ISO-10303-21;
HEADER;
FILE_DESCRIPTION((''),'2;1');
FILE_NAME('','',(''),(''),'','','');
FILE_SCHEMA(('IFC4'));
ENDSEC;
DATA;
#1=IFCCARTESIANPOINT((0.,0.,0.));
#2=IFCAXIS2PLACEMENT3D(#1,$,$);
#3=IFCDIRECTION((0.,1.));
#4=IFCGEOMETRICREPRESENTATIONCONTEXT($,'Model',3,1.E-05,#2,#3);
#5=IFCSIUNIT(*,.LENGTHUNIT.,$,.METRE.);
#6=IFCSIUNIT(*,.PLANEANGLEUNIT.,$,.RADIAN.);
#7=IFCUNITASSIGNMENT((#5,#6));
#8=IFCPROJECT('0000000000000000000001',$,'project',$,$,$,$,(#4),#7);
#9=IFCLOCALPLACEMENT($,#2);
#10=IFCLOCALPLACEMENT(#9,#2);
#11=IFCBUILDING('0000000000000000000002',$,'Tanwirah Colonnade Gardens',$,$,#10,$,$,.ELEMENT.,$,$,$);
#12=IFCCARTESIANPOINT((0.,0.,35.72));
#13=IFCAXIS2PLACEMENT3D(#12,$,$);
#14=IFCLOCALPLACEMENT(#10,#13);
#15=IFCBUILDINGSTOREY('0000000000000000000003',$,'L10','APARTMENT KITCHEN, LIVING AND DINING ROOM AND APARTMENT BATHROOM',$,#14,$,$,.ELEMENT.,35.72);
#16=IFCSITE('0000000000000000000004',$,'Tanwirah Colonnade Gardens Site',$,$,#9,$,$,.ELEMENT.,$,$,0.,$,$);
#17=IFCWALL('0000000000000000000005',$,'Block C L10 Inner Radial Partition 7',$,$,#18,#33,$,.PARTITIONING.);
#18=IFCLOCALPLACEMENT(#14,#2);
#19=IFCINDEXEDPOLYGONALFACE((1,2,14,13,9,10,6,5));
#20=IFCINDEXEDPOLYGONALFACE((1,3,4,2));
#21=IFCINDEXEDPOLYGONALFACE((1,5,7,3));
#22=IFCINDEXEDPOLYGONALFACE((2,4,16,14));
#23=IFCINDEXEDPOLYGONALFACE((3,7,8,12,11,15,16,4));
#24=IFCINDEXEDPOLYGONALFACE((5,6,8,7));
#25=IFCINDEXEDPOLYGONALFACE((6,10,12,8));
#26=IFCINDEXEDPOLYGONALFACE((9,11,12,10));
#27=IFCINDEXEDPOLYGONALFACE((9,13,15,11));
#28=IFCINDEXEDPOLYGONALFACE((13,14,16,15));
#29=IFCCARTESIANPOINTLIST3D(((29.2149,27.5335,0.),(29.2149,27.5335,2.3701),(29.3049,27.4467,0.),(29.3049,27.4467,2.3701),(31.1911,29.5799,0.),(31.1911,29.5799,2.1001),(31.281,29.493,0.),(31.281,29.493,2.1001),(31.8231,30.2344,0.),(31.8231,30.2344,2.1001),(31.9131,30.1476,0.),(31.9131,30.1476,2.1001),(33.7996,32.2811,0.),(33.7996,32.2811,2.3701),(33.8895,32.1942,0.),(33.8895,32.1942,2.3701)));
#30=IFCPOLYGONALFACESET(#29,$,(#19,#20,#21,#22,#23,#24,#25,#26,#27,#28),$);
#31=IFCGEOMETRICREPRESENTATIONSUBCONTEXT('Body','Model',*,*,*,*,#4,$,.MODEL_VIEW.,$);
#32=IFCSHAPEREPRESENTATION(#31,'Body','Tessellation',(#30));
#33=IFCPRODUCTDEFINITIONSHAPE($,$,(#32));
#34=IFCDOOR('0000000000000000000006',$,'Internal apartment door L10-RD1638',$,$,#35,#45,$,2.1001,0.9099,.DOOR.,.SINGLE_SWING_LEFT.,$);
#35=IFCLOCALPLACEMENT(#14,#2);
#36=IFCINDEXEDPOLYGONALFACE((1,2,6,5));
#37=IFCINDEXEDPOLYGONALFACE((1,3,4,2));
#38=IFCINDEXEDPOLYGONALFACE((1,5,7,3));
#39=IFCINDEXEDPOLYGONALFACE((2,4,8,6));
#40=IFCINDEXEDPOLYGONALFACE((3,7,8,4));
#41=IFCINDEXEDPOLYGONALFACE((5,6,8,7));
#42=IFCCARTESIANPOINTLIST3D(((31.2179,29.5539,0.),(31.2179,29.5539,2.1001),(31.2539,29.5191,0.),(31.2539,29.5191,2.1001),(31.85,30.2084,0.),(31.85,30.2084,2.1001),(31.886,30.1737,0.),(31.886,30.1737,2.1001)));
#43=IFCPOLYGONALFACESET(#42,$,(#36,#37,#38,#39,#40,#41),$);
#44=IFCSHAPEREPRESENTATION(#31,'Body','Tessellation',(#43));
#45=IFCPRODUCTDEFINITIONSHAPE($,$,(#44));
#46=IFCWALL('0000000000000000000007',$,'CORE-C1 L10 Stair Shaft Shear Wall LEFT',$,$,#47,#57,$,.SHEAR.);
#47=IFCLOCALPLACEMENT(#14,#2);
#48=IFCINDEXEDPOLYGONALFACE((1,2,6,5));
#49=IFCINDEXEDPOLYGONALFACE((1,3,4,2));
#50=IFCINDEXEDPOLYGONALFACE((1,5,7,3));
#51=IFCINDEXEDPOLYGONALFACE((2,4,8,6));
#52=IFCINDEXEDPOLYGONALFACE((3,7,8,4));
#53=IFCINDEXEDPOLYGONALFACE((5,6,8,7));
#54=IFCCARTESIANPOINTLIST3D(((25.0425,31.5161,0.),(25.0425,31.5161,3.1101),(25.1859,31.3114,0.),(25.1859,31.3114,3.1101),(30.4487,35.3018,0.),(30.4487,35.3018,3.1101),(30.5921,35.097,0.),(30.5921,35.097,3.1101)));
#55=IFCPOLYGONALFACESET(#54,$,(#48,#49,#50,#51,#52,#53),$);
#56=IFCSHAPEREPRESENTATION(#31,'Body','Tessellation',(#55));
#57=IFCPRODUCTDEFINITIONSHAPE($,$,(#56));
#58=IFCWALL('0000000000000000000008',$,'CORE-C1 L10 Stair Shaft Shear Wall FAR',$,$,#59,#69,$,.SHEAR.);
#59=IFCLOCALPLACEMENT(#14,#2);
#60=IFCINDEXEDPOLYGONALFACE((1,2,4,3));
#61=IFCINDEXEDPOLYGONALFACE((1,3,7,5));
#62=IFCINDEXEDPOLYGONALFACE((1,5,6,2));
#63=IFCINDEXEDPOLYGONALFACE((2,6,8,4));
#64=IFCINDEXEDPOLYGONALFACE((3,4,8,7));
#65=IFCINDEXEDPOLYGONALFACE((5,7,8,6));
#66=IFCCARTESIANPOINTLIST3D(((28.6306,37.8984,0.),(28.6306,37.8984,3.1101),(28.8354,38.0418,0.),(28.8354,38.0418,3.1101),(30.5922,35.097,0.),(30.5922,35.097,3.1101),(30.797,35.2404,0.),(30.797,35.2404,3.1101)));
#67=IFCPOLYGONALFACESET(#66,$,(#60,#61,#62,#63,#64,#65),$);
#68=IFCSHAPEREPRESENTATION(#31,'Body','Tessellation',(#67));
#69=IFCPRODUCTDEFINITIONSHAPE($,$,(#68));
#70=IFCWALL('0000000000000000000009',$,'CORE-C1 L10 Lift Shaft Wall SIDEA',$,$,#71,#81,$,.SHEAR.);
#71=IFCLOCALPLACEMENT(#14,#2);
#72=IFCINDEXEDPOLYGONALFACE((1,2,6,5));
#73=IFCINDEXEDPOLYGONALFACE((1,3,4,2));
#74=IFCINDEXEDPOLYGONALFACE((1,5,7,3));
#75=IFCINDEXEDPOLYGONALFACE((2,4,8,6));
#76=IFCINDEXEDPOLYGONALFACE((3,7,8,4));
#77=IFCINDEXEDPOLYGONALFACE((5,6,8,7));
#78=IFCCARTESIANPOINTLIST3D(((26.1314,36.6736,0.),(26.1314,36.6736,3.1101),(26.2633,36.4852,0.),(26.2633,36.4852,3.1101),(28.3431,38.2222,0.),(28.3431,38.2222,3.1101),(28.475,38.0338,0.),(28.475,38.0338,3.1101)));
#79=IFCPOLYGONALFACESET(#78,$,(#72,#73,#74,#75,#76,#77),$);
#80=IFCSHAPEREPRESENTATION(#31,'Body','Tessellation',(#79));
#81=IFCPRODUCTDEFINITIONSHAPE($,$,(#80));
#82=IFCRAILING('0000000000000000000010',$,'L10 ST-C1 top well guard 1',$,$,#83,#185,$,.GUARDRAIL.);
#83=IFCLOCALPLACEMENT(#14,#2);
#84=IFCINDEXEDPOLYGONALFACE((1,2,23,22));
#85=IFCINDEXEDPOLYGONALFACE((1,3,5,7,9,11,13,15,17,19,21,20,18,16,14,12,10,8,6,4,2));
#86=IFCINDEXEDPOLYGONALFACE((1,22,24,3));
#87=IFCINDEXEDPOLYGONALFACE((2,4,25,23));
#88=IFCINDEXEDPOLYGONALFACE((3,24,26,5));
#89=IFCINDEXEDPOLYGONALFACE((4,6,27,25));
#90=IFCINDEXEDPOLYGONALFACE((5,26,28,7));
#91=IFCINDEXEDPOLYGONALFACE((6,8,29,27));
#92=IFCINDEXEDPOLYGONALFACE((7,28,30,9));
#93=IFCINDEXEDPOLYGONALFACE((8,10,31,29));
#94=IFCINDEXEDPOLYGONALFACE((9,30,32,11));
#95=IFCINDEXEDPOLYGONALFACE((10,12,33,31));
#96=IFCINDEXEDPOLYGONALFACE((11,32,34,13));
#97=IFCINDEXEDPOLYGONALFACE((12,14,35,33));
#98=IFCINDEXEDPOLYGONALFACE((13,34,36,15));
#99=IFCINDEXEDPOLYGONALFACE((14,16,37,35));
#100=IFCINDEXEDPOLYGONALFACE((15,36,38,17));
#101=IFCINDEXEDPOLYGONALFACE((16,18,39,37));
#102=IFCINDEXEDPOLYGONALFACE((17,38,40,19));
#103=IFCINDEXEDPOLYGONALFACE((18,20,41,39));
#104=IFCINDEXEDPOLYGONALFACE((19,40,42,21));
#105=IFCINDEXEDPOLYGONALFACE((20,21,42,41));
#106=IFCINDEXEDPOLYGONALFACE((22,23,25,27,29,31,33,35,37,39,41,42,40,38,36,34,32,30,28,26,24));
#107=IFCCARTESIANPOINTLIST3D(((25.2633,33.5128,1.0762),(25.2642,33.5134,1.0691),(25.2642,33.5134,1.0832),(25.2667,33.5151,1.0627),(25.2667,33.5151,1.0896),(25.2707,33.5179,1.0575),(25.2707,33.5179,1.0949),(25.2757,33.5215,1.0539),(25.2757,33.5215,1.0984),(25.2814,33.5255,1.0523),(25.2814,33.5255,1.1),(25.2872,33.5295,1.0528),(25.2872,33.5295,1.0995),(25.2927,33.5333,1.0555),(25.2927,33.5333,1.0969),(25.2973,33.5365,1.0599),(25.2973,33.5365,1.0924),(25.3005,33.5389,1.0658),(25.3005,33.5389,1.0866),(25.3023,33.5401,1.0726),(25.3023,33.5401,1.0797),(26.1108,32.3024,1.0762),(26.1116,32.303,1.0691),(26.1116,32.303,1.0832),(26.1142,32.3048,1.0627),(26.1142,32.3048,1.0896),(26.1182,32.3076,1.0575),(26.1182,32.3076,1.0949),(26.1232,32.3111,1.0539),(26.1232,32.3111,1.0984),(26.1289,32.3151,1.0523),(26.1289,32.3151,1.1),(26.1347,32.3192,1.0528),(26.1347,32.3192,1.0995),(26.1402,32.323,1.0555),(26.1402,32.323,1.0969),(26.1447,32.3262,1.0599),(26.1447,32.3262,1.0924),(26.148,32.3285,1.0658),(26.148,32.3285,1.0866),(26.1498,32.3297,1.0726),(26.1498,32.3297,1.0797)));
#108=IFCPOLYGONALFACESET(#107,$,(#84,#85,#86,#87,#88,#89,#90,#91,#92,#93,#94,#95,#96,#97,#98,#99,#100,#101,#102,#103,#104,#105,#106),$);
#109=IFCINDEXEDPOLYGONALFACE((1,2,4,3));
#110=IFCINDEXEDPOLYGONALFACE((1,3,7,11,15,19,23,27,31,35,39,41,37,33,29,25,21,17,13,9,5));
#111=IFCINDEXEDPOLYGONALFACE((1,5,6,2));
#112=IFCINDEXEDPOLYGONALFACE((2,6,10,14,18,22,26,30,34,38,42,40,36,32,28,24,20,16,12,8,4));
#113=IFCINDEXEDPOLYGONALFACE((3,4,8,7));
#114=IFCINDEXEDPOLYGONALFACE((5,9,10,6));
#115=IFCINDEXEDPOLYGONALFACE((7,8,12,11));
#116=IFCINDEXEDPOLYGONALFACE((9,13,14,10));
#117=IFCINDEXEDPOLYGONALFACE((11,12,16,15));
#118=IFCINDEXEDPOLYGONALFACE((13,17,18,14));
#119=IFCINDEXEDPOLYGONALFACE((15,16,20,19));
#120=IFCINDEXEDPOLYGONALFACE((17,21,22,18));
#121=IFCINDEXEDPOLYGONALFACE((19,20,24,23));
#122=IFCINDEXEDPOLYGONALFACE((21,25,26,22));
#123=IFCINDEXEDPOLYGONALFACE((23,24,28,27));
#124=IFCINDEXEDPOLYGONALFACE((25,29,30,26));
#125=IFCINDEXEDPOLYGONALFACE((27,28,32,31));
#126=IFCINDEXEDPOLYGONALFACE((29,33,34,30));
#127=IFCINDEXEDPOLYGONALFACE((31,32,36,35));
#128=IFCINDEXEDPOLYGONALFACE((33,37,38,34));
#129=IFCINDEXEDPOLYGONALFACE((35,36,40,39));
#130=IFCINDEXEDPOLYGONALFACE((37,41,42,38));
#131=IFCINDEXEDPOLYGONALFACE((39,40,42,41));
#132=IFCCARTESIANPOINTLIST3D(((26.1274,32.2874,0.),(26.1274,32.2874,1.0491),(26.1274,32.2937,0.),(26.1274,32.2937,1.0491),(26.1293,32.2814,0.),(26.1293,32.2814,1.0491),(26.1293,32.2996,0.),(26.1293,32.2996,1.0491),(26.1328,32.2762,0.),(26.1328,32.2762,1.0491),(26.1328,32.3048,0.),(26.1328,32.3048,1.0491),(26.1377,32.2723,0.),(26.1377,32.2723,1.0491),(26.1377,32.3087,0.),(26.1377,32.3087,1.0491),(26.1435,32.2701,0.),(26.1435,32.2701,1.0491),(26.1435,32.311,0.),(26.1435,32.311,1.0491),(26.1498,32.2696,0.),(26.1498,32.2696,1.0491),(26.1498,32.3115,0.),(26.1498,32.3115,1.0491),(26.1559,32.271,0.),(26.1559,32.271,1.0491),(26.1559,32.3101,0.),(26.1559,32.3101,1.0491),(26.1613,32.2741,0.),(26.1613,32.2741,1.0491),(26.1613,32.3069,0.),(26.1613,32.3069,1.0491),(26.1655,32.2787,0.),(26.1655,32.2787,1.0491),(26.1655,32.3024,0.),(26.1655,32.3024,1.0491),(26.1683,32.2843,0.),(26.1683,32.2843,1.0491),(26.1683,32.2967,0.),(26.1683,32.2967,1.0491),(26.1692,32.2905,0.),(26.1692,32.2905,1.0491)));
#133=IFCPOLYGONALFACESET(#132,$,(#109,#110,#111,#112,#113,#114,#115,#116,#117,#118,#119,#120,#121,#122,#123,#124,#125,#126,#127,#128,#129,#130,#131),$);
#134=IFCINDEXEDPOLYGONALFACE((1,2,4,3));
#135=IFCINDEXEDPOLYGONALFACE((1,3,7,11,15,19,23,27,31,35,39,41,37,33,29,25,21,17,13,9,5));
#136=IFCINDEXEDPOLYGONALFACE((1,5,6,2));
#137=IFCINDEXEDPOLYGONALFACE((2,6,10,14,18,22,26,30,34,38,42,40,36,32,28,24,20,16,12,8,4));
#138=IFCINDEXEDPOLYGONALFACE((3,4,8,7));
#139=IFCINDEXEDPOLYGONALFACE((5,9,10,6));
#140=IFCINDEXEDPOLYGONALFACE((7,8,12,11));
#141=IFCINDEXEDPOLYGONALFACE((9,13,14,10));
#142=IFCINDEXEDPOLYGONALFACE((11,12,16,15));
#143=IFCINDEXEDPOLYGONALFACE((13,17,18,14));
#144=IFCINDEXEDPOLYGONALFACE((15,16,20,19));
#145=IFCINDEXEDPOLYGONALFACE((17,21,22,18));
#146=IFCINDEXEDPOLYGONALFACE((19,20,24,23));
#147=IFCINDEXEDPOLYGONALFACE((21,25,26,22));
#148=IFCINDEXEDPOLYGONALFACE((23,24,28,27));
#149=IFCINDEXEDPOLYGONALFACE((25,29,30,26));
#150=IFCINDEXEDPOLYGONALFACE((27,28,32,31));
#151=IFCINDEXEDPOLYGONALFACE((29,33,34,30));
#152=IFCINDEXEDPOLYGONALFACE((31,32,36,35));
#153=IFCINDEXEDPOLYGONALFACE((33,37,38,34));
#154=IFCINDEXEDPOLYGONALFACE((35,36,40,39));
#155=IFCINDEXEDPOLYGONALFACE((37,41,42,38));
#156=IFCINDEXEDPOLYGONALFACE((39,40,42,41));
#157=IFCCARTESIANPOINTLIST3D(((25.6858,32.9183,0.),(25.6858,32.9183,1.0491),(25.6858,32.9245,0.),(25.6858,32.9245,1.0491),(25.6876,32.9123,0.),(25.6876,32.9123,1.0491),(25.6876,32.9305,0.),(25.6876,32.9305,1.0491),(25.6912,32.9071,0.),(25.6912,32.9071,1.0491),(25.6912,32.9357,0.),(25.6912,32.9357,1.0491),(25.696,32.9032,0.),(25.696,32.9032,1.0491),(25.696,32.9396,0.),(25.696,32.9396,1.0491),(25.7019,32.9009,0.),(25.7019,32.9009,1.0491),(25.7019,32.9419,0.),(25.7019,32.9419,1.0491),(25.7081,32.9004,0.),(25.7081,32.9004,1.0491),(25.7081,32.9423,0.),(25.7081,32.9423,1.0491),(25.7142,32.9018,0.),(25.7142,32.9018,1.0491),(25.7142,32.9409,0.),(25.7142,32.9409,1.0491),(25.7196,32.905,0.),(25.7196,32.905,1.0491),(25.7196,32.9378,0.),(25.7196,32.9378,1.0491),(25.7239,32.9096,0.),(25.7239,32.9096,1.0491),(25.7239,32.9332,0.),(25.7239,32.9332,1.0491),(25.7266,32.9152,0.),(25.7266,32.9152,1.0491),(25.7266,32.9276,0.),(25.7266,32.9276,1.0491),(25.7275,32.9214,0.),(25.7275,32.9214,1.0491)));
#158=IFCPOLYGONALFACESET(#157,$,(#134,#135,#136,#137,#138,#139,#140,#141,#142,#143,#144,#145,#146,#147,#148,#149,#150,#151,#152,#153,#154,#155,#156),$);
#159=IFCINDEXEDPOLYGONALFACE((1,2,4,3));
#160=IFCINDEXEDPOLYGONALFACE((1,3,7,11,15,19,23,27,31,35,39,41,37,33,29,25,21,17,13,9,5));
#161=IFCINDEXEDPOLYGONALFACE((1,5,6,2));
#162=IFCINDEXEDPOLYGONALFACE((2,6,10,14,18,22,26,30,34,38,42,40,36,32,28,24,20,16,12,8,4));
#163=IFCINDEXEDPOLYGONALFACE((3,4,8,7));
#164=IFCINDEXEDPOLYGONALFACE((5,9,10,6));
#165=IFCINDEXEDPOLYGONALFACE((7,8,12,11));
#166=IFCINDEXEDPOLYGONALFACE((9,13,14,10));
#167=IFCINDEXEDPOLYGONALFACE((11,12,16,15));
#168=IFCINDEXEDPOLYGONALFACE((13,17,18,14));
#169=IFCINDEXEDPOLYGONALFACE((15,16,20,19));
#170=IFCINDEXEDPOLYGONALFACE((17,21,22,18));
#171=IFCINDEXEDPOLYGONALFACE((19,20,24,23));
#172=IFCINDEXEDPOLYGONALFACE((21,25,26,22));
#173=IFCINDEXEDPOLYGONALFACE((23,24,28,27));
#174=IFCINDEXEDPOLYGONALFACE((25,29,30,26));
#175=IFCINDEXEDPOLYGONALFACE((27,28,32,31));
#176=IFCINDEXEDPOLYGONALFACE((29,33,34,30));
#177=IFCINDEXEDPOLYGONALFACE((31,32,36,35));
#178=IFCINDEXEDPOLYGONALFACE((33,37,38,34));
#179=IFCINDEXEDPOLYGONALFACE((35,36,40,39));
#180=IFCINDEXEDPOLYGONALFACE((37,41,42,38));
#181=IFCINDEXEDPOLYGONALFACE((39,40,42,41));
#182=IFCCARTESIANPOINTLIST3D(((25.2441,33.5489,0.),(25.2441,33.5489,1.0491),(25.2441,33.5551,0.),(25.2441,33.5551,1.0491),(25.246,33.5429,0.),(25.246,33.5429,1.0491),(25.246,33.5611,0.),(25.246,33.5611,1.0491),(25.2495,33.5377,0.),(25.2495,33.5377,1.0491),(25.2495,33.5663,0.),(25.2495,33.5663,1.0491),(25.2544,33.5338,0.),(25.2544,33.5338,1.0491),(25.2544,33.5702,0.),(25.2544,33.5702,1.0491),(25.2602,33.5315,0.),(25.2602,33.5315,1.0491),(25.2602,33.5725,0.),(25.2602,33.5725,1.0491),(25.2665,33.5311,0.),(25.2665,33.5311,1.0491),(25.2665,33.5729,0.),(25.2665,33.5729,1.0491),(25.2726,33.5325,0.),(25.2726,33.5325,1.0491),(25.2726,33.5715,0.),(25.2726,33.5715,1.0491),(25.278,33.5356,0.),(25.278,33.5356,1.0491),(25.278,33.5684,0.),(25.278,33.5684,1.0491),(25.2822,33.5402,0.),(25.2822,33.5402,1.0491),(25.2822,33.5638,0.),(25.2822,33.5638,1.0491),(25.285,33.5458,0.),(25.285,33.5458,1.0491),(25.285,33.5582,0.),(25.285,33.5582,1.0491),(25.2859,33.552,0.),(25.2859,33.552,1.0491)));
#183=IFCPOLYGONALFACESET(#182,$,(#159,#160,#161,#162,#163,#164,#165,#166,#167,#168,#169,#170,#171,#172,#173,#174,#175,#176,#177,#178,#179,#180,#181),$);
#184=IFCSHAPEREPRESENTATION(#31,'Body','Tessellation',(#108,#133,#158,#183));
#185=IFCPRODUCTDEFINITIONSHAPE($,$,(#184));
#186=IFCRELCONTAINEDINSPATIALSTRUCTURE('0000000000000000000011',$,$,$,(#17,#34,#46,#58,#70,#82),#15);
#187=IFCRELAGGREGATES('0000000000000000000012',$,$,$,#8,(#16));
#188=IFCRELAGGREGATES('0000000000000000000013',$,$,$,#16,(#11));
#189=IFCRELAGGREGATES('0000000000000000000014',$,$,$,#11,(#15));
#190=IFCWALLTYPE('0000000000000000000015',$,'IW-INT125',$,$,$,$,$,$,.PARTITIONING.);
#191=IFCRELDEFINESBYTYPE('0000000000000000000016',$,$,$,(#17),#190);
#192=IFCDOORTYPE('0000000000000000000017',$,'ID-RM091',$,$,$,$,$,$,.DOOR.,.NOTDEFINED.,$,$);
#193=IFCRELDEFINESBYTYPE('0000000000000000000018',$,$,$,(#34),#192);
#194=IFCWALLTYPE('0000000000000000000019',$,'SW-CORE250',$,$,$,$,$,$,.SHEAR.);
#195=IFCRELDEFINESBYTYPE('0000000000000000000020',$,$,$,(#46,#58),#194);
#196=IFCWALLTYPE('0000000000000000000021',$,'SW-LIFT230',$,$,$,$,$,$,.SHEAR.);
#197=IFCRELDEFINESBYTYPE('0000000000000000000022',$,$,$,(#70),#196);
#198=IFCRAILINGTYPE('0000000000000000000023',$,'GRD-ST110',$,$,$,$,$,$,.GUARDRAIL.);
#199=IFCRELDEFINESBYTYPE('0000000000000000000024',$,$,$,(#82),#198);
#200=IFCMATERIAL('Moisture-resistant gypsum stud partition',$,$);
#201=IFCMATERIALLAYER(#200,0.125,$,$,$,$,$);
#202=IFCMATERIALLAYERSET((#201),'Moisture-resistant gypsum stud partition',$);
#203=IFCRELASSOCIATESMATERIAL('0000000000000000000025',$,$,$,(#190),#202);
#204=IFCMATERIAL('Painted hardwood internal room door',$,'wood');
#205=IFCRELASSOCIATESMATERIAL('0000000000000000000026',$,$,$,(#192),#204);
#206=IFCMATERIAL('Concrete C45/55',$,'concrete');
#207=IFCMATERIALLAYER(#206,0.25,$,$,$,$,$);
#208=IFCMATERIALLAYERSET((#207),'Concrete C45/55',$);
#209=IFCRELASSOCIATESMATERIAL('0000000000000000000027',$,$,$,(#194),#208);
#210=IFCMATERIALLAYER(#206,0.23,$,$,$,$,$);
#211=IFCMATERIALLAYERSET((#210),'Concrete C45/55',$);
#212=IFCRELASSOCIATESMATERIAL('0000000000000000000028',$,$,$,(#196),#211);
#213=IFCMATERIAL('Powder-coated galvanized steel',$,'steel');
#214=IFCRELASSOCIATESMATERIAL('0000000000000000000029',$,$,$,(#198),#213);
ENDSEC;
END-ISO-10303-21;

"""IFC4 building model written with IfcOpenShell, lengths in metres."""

from ifc_helpers import new_model, si_unit, direction, frame, frame_2d, origin, origin_2d, place, context, subcontext, project, spatial, rectangle, circle, extrude, material, layer, layer_set, type_object, element, fill, save


model = new_model("IFC4")

# Units and contexts
model_context = context("Model", 3, precision=1e-05, world=origin(), true_north=direction((0.0, 1.0)))
body_context = subcontext(model_context, "Body", "Model", "MODEL_VIEW")
ifc_project = project(units=[si_unit("LENGTHUNIT", "METRE"), si_unit("PLANEANGLEUNIT", "RADIAN")], contexts=[model_context])

# Site, building, storey
site_placement = place(None, origin())
site = spatial("IfcSite", under=ifc_project, at=site_placement, Name="Tanwirah Colonnade Gardens Site", CompositionType="ELEMENT", RefElevation=0.0)
building_placement = place(site_placement, origin())
building = spatial("IfcBuilding", under=site, at=building_placement, Name="Tanwirah Colonnade Gardens", CompositionType="ELEMENT")
storey_placement = place(building_placement, frame((0.0, 0.0, 35.72)))
storey = spatial("IfcBuildingStorey", under=building, at=storey_placement, Name="L10", Description="APARTMENT KITCHEN, LIVING AND DINING ROOM AND APARTMENT BATHROOM", CompositionType="ELEMENT", Elevation=35.72)

# Wall, opening, door
ifc_material_1 = material(Name="Moisture-resistant gypsum stud partition")
ifc_layer_1 = layer(ifc_material_1, 0.125)
ifc_layer_set_1 = layer_set([ifc_layer_1], Name="Moisture-resistant gypsum stud partition")
wall_type_1 = type_object("IfcWallType", Name="IW-INT125", PredefinedType="PARTITIONING", material=ifc_layer_set_1)
wall_1_placement = place(storey_placement, frame((33.8445, 32.2375, 0.0), z_axis=(0.0, 0.0, 1.0), x_axis=(-0.694663, -0.719336, 0.0)))
wall_1 = element("IfcWall", 1, at=wall_1_placement, inside=storey, type_object=wall_type_1, Name="Block C L10 Inner Radial Partition 7", PredefinedType="PARTITIONING", context=body_context, shape_type="SweptSolid", body=[
    extrude(rectangle(XDim=6.5999, YDim=0.125, at=frame_2d((3.2998, 0.0))), origin(), (0.0, 0.0, 1.0), 2.3701),
])
opening_1_placement = place(wall_1_placement, frame((2.845, 0.0, 0.0)))
opening_1 = element("IfcOpeningElement", 2, at=opening_1_placement, cuts=wall_1, PredefinedType="OPENING", context=body_context, shape_type="SweptSolid", body=[
    extrude(rectangle(XDim=0.9099, YDim=2.1001, at=frame_2d((0.4551, 1.05))), frame((0.0, 0.0725, 0.0), z_axis=(0.0, -1.0, 0.0), x_axis=(1.0, 0.0, 0.0)), (0.0, 0.0, 1.0), 0.145),
])
ifc_material_2 = material(Name="Painted hardwood internal room door", Category="wood")
door_type_1 = type_object("IfcDoorType", Name="ID-RM091", OperationType="NOTDEFINED", PredefinedType="DOOR", material=ifc_material_2)
door_1_placement = place(opening_1_placement, origin())
door_1 = element("IfcDoor", 3, at=door_1_placement, inside=storey, type_object=door_type_1, Name="Internal apartment door L10-RD1638", OperationType="SINGLE_SWING_LEFT", OverallHeight=2.1001, OverallWidth=0.9099, PredefinedType="DOOR", context=body_context, shape_type="SweptSolid", body=[
    extrude(rectangle(XDim=0.9099, YDim=2.1001, at=frame_2d((0.4551, 1.05))), frame((0.0, 0.0249, 0.0), z_axis=(0.0, -1.0, 0.0), x_axis=(1.0, 0.0, 0.0)), (0.0, 0.0, 1.0), 0.05),
])
fill(opening_1, door_1)

# Walls
ifc_material_3 = material(Name="Concrete C45/55", Category="concrete")
ifc_layer_2 = layer(ifc_material_3, 0.25)
ifc_layer_set_2 = layer_set([ifc_layer_2], Name="Concrete C45/55")
wall_type_2 = type_object("IfcWallType", Name="SW-CORE250", PredefinedType="SHEAR", material=ifc_layer_set_2)
wall_2_placement = place(storey_placement, frame((25.1143, 31.4138, 0.0), z_axis=(0.0, 0.0, 1.0), x_axis=(0.819142, 0.573591, 0.0)))
element("IfcWall", 4, at=wall_2_placement, inside=storey, type_object=wall_type_2, Name="CORE-C1 L10 Stair Shaft Shear Wall LEFT", PredefinedType="SHEAR", context=body_context, shape_type="SweptSolid", body=[
    extrude(rectangle(XDim=6.5999, YDim=0.25, at=frame_2d((3.2998, 0.0))), origin(), (0.0, 0.0, 1.0), 3.1101),
])
wall_3_placement = place(storey_placement, frame((30.6946, 35.1687, 0.0), z_axis=(0.0, 0.0, 1.0), x_axis=(-0.573582, 0.819148, 0.0)))
element("IfcWall", 5, at=wall_3_placement, inside=storey, type_object=wall_type_2, Name="CORE-C1 L10 Stair Shaft Shear Wall FAR", PredefinedType="SHEAR", context=body_context, shape_type="SweptSolid", body=[
    extrude(rectangle(XDim=3.4199, YDim=0.25, at=frame_2d((1.71, 0.0))), origin(), (0.0, 0.0, 1.0), 3.1101),
])

# Shared definitions
ifc_layer_3 = layer(ifc_material_3, 0.23)
ifc_layer_set_3 = layer_set([ifc_layer_3], Name="Concrete C45/55")
wall_type_3 = type_object("IfcWallType", Name="SW-LIFT230", PredefinedType="SHEAR", material=ifc_layer_set_3)

# Wall
wall_4_placement = place(storey_placement, frame((26.1973, 36.5793, 0.0), z_axis=(0.0, 0.0, 1.0), x_axis=(0.81916, 0.573566, 0.0)))
element("IfcWall", 6, at=wall_4_placement, inside=storey, type_object=wall_type_3, Name="CORE-C1 L10 Lift Shaft Wall SIDEA", PredefinedType="SHEAR", context=body_context, shape_type="SweptSolid", body=[
    extrude(rectangle(XDim=2.7, YDim=0.23, at=frame_2d((1.3501, 0.0))), origin(), (0.0, 0.0, 1.0), 3.1101),
])

# Railing
ifc_material_4 = material(Name="Powder-coated galvanized steel", Category="steel")
railing_type_1 = type_object("IfcRailingType", Name="GRD-ST110", PredefinedType="GUARDRAIL", material=ifc_material_4)
railing_1_placement = place(storey_placement, frame((26.1482, 32.2905, 0.0)))
element("IfcRailing", 7, at=railing_1_placement, inside=storey, type_object=railing_type_1, Name="L10 ST-C1 top well guard 1", PredefinedType="GUARDRAIL", context=body_context, shape_type="SweptSolid", body=[
    extrude(circle(Radius=0.0239, at=origin_2d()), frame((-0.0178, 0.0256, 1.0762), z_axis=(-0.573579, 0.81915, 0.0), x_axis=(-0.81915, -0.573579, 0.0)), (0.0, 0.0, 1.0), 1.4775),
    extrude(circle(Radius=0.021, at=origin_2d()), origin(), (0.0, 0.0, 1.0), 1.0491),
    extrude(circle(Radius=0.021, at=origin_2d()), frame((-0.4417, 0.6309, 0.0)), (0.0, 0.0, 1.0), 1.0491),
    extrude(circle(Radius=0.021, at=origin_2d()), frame((-0.8833, 1.2615, 0.0)), (0.0, 0.0, 1.0), 1.0491),
])

save(model, "model.ifc")
